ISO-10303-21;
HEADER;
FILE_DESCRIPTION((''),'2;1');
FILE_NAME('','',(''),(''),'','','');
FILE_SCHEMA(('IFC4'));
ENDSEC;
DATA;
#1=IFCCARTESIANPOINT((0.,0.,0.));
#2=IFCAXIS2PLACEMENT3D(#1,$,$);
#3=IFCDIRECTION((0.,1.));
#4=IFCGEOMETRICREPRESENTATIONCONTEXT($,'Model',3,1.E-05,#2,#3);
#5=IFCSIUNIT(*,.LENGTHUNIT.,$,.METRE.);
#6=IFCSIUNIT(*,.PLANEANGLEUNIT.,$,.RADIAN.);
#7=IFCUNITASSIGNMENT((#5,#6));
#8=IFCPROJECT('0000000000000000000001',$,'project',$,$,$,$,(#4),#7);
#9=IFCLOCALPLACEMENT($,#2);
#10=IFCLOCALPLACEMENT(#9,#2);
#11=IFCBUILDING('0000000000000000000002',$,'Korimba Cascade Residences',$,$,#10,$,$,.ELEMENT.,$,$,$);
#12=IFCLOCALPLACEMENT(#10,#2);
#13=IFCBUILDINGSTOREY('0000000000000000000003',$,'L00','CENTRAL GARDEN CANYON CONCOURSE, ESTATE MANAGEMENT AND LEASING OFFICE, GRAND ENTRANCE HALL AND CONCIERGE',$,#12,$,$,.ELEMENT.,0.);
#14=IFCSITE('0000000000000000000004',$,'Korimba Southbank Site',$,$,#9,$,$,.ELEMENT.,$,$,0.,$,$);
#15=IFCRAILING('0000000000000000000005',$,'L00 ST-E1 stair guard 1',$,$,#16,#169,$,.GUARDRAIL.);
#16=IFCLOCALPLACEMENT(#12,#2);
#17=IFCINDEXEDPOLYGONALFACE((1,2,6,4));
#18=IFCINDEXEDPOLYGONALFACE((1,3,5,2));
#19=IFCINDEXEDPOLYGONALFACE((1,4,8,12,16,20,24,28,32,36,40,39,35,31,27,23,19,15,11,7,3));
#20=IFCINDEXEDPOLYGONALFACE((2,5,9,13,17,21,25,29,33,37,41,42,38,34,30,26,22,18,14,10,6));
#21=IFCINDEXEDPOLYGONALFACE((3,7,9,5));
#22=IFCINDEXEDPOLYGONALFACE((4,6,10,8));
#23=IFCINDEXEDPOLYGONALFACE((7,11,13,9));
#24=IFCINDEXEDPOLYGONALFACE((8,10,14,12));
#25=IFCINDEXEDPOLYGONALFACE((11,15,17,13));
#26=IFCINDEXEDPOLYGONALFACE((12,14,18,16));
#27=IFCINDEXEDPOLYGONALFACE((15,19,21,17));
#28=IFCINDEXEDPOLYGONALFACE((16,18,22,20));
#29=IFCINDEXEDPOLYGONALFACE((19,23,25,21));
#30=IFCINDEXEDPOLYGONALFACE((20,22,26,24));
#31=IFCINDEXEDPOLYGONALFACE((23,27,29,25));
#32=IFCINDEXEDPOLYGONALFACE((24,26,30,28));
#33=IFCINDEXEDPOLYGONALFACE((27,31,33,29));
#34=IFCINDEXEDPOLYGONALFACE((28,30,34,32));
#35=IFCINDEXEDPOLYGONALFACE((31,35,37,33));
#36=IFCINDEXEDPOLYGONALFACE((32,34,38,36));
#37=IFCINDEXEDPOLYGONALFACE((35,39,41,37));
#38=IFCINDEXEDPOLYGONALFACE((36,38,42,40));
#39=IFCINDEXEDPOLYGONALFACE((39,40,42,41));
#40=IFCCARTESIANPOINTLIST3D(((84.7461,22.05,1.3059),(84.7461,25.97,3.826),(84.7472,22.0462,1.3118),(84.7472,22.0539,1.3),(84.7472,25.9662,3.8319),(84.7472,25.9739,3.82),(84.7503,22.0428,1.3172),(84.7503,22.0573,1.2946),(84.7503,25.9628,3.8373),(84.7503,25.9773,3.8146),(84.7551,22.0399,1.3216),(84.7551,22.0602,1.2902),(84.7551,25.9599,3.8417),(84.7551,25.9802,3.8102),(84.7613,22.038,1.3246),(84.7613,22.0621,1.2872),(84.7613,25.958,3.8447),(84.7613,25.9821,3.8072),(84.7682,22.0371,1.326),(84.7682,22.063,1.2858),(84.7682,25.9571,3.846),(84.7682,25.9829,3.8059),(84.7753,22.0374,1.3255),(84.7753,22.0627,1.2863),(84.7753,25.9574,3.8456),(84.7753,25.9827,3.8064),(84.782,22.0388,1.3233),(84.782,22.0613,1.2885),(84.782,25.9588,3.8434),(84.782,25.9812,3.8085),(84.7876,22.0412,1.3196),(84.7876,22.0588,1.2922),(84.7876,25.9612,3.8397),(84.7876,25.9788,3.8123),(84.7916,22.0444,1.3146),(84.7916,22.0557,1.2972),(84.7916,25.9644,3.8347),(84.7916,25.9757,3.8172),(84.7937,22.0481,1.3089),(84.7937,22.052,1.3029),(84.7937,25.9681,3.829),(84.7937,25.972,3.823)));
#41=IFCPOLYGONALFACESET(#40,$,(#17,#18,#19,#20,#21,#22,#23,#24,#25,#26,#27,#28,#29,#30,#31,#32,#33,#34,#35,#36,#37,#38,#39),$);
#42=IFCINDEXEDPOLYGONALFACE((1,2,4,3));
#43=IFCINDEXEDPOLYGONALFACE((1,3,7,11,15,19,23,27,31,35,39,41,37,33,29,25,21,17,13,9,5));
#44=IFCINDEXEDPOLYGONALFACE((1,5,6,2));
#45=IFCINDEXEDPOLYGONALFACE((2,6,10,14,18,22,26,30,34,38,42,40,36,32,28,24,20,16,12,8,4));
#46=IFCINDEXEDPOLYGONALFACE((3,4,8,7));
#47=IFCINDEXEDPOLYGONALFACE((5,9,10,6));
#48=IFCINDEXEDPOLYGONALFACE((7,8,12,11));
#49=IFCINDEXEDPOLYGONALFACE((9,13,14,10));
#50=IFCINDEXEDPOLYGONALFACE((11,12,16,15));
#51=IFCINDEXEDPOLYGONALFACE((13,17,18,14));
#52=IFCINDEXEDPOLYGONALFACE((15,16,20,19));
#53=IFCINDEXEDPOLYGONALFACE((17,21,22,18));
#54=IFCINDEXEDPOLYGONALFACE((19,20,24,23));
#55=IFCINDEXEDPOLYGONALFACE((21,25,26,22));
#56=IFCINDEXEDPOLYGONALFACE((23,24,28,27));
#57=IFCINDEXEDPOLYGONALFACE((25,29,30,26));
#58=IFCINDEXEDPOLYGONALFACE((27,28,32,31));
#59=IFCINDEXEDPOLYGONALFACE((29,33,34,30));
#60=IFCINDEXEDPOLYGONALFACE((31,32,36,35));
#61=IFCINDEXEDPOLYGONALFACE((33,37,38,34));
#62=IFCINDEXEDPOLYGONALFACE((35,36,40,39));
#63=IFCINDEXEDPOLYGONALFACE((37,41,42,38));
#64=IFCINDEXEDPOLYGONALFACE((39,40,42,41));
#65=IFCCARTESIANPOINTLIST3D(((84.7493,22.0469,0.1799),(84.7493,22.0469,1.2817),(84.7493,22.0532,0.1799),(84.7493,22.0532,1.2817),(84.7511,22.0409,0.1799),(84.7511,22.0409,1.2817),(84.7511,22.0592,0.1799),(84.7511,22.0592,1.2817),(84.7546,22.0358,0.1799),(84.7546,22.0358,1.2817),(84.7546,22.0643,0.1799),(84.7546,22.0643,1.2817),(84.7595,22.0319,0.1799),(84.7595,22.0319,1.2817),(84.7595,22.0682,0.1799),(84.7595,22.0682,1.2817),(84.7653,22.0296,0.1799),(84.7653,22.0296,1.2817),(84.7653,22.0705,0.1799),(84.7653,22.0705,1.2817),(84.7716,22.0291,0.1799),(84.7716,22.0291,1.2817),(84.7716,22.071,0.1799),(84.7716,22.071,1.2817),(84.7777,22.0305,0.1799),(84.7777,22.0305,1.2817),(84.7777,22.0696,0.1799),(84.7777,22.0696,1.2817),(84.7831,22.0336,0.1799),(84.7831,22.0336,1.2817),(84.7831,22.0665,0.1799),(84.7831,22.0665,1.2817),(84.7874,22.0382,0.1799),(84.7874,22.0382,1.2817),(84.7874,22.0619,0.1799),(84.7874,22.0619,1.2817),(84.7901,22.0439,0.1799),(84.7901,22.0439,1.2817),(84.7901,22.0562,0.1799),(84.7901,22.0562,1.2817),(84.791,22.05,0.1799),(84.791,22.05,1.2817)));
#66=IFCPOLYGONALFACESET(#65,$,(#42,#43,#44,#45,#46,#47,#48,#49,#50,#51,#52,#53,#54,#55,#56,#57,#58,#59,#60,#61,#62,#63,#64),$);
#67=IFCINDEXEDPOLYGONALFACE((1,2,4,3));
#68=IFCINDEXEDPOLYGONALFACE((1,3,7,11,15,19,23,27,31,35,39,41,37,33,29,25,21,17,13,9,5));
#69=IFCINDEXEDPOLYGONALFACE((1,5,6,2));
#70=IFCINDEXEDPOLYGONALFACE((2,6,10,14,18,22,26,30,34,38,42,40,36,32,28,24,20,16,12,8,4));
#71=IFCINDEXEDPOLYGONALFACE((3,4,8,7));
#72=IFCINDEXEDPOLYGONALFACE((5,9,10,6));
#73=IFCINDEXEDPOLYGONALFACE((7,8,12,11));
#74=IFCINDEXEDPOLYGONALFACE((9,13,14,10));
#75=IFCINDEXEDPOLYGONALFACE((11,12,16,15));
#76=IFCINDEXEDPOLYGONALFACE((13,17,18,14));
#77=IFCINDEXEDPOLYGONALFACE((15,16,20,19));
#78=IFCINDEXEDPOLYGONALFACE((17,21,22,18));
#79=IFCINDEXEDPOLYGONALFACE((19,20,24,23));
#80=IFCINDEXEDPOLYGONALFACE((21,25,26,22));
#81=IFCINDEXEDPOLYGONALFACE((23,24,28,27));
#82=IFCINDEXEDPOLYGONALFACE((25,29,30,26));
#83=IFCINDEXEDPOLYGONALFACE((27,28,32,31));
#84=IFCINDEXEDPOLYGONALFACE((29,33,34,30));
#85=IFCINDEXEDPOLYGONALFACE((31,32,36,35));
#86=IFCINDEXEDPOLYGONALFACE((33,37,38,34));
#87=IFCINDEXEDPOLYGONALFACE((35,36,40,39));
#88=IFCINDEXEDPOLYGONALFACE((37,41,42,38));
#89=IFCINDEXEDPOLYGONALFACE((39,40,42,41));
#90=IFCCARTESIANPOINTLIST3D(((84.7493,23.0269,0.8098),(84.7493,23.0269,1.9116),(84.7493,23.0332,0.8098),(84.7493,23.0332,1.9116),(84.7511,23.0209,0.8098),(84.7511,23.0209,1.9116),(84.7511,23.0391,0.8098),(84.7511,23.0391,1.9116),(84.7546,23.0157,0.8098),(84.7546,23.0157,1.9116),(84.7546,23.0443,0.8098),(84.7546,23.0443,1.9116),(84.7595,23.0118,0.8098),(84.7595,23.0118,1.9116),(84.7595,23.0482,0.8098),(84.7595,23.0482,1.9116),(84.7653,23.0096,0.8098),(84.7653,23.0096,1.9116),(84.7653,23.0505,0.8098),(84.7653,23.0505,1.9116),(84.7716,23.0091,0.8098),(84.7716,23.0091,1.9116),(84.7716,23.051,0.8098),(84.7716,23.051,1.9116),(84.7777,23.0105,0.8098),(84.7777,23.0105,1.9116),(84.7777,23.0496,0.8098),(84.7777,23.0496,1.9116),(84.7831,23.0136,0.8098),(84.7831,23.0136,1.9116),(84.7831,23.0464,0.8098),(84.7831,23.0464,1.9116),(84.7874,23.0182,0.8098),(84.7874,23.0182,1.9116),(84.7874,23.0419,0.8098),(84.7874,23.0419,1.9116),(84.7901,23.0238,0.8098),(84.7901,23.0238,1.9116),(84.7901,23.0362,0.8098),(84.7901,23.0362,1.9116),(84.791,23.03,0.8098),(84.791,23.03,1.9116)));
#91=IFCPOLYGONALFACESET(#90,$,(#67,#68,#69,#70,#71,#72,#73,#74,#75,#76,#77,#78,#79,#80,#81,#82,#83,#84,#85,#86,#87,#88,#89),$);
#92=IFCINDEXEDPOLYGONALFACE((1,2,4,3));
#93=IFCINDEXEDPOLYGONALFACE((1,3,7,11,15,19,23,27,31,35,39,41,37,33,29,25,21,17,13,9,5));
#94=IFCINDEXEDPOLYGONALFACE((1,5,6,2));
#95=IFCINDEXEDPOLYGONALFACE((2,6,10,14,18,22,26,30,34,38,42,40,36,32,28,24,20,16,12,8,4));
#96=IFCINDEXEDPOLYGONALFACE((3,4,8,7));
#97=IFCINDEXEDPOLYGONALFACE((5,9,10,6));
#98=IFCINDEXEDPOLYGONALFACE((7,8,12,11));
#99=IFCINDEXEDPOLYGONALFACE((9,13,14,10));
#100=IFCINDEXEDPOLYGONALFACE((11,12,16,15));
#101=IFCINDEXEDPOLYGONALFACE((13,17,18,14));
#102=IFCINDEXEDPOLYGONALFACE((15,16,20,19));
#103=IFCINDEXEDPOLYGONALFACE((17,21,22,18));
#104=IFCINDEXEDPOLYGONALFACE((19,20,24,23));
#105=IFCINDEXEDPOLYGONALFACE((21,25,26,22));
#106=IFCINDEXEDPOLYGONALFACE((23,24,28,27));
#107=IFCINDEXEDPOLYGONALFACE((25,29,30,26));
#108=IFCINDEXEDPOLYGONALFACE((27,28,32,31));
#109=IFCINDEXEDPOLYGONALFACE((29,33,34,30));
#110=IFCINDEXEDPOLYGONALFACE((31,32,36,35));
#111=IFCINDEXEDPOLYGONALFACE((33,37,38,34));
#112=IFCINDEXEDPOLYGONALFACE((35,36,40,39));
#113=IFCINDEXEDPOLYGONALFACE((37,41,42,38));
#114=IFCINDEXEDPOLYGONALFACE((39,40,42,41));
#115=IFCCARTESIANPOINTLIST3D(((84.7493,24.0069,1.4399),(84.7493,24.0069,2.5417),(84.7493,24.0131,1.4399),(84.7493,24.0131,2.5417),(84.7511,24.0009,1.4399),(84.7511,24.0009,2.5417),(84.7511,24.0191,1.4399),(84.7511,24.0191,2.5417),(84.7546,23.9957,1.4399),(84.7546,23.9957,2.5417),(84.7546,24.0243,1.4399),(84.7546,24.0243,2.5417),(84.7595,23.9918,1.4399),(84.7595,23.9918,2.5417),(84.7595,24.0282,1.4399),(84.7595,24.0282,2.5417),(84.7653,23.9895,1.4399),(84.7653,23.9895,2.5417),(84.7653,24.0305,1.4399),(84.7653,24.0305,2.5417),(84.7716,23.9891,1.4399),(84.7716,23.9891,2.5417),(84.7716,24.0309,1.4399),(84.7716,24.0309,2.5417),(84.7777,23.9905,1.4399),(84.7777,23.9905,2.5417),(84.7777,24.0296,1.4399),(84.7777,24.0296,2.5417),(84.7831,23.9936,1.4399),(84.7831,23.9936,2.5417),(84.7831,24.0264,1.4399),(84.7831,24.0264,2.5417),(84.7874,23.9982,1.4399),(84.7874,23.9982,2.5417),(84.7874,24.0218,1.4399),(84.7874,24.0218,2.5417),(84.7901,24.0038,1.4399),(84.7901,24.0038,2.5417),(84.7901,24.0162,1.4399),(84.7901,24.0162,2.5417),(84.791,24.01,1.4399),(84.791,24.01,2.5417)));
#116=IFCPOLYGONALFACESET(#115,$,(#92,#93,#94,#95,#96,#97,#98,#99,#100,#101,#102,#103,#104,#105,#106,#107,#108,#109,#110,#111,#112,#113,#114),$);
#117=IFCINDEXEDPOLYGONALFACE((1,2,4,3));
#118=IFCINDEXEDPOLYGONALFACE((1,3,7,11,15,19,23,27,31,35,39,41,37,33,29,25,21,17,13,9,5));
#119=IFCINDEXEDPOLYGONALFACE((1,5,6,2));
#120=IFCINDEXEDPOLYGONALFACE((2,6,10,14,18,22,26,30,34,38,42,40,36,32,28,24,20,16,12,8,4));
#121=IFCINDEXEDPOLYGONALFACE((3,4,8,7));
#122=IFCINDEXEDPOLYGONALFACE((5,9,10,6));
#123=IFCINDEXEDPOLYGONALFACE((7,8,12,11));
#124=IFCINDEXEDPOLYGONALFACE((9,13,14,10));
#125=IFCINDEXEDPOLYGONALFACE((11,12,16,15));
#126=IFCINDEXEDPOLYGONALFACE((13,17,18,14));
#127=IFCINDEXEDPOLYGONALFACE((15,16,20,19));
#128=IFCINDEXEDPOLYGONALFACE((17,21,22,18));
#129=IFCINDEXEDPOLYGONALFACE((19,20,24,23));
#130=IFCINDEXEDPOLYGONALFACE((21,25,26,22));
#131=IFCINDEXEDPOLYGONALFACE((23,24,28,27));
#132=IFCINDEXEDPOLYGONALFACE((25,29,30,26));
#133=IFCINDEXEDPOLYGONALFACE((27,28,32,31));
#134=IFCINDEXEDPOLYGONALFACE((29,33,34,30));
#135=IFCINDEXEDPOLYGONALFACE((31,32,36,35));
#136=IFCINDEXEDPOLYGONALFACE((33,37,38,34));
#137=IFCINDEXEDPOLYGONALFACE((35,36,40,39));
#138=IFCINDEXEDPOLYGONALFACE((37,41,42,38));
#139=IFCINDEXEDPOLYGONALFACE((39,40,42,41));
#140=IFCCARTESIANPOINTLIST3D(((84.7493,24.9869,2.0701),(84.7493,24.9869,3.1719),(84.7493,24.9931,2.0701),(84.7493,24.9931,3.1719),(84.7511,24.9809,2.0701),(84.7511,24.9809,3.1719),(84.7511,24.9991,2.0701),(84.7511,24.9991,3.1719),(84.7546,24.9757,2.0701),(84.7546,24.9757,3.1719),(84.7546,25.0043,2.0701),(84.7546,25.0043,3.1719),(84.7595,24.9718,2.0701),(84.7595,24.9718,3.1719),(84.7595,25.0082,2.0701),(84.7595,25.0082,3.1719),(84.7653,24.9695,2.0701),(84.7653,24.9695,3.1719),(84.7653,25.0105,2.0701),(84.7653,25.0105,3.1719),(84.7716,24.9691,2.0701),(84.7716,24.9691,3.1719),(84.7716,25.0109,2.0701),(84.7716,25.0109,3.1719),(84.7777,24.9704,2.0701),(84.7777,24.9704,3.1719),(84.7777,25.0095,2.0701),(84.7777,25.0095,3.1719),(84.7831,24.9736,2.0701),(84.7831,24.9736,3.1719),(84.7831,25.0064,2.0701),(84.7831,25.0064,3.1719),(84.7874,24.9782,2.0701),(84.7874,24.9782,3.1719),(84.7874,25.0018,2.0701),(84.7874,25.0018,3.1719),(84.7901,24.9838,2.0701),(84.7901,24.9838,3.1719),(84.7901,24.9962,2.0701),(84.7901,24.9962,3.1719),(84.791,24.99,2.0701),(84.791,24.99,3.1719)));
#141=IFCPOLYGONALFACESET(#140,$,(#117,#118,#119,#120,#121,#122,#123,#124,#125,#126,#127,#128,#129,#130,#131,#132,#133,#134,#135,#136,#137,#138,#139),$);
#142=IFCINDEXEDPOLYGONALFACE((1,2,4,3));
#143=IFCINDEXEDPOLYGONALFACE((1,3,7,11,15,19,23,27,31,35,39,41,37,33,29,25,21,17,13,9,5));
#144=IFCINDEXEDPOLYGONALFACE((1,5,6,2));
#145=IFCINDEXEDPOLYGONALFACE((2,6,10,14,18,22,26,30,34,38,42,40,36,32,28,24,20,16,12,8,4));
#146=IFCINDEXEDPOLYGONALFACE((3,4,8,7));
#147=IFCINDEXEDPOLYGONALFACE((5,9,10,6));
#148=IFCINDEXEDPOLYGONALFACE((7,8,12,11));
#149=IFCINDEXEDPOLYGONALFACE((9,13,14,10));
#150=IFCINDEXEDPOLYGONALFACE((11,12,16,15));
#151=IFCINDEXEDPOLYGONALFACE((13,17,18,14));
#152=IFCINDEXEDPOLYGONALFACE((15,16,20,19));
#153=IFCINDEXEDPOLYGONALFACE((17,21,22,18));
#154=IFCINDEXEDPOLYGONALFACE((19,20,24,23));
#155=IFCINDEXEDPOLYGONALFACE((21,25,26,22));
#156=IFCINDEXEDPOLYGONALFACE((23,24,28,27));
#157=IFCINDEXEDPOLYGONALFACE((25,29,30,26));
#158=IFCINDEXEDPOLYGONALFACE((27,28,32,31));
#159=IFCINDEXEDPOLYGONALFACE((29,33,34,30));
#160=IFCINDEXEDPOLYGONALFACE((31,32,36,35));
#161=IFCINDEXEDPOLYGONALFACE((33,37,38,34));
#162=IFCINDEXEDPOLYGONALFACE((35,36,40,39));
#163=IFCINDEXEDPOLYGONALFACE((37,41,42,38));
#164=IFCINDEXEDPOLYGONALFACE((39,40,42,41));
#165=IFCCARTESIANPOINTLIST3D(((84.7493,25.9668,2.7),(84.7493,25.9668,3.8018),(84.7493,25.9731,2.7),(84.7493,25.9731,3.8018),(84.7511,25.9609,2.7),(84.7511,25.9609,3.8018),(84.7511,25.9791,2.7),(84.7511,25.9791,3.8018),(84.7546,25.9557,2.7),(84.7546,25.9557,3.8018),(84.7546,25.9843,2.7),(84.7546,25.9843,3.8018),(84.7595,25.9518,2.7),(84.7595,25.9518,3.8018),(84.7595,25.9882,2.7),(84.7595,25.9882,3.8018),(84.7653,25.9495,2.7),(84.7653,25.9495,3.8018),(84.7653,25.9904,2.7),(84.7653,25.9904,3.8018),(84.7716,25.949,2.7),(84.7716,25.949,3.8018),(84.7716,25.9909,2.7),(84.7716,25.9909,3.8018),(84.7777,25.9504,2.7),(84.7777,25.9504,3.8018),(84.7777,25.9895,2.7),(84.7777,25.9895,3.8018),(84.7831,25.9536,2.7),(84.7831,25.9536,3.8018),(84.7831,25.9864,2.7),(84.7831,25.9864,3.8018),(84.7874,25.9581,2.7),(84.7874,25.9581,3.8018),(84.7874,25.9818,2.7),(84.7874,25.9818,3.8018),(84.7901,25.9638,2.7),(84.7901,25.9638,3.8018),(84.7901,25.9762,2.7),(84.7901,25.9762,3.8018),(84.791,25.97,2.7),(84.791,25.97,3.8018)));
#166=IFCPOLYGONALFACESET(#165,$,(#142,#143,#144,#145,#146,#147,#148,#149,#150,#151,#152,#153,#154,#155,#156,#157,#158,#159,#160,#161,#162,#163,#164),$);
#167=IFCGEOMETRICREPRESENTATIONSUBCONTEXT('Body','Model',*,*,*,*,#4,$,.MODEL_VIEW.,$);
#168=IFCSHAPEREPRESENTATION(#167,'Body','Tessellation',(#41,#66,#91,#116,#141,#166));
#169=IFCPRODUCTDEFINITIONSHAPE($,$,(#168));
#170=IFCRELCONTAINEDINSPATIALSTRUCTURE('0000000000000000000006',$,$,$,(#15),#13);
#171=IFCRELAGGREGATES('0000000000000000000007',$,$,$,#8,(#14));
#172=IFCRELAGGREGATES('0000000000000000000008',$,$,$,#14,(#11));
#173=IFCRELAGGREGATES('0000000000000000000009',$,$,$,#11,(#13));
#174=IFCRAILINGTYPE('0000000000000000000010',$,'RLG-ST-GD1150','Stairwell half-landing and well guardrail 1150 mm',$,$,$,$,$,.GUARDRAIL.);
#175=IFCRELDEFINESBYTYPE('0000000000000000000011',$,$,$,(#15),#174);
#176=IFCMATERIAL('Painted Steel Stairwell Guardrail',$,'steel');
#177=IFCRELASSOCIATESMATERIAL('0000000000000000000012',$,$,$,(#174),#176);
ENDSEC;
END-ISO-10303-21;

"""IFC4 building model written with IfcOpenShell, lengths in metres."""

from ifc_helpers import new_model, si_unit, direction, frame, origin, origin_2d, place, context, subcontext, project, spatial, circle, extrude, material, type_object, element, save


model = new_model("IFC4")

# Units and contexts
model_context = context("Model", 3, precision=1e-05, world=origin(), true_north=direction((0.0, 1.0)))
body_context = subcontext(model_context, "Body", "Model", "MODEL_VIEW")
ifc_project = project(units=[si_unit("LENGTHUNIT", "METRE"), si_unit("PLANEANGLEUNIT", "RADIAN")], contexts=[model_context])

# Site, building, storey
site_placement = place(None, origin())
site = spatial("IfcSite", under=ifc_project, at=site_placement, Name="Korimba Southbank Site", CompositionType="ELEMENT", RefElevation=0.0)
building_placement = place(site_placement, origin())
building = spatial("IfcBuilding", under=site, at=building_placement, Name="Korimba Cascade Residences", CompositionType="ELEMENT")
storey_placement = place(building_placement, origin())
storey = spatial("IfcBuildingStorey", under=building, at=storey_placement, Name="L00", Description="CENTRAL GARDEN CANYON CONCOURSE, ESTATE MANAGEMENT AND LEASING OFFICE, GRAND ENTRANCE HALL AND CONCIERGE", CompositionType="ELEMENT", Elevation=0.0)

# Railing
ifc_material_1 = material(Name="Painted Steel Stairwell Guardrail", Category="steel")
railing_type_1 = type_object("IfcRailingType", Name="RLG-ST-GD1150", Description="Stairwell half-landing and well guardrail 1150 mm", PredefinedType="GUARDRAIL", material=ifc_material_1)
railing_1_placement = place(storey_placement, frame((84.77, 22.05, 0.1799)))
element("IfcRailing", 1, at=railing_1_placement, inside=storey, type_object=railing_type_1, Name="L00 ST-E1 stair guard 1", PredefinedType="GUARDRAIL", context=body_context, shape_type="SweptSolid", body=[
    extrude(circle(Radius=0.0239, at=origin_2d()), frame((0.0, 0.0, 1.126), z_axis=(0.0, 0.841172, 0.540768), x_axis=(-1.0, 0.0, 0.0)), (0.0, 0.0, 1.0), 4.6602),
    extrude(circle(Radius=0.021, at=origin_2d()), origin(), (0.0, 0.0, 1.0), 1.1018),
    extrude(circle(Radius=0.021, at=origin_2d()), frame((0.0, 0.98, 0.6299)), (0.0, 0.0, 1.0), 1.1018),
    extrude(circle(Radius=0.021, at=origin_2d()), frame((0.0, 1.96, 1.26)), (0.0, 0.0, 1.0), 1.1018),
    extrude(circle(Radius=0.021, at=origin_2d()), frame((0.0, 2.9399, 1.8901)), (0.0, 0.0, 1.0), 1.1018),
    extrude(circle(Radius=0.021, at=origin_2d()), frame((0.0, 3.9199, 2.52)), (0.0, 0.0, 1.0), 1.1018),
])

save(model, "model.ifc")
